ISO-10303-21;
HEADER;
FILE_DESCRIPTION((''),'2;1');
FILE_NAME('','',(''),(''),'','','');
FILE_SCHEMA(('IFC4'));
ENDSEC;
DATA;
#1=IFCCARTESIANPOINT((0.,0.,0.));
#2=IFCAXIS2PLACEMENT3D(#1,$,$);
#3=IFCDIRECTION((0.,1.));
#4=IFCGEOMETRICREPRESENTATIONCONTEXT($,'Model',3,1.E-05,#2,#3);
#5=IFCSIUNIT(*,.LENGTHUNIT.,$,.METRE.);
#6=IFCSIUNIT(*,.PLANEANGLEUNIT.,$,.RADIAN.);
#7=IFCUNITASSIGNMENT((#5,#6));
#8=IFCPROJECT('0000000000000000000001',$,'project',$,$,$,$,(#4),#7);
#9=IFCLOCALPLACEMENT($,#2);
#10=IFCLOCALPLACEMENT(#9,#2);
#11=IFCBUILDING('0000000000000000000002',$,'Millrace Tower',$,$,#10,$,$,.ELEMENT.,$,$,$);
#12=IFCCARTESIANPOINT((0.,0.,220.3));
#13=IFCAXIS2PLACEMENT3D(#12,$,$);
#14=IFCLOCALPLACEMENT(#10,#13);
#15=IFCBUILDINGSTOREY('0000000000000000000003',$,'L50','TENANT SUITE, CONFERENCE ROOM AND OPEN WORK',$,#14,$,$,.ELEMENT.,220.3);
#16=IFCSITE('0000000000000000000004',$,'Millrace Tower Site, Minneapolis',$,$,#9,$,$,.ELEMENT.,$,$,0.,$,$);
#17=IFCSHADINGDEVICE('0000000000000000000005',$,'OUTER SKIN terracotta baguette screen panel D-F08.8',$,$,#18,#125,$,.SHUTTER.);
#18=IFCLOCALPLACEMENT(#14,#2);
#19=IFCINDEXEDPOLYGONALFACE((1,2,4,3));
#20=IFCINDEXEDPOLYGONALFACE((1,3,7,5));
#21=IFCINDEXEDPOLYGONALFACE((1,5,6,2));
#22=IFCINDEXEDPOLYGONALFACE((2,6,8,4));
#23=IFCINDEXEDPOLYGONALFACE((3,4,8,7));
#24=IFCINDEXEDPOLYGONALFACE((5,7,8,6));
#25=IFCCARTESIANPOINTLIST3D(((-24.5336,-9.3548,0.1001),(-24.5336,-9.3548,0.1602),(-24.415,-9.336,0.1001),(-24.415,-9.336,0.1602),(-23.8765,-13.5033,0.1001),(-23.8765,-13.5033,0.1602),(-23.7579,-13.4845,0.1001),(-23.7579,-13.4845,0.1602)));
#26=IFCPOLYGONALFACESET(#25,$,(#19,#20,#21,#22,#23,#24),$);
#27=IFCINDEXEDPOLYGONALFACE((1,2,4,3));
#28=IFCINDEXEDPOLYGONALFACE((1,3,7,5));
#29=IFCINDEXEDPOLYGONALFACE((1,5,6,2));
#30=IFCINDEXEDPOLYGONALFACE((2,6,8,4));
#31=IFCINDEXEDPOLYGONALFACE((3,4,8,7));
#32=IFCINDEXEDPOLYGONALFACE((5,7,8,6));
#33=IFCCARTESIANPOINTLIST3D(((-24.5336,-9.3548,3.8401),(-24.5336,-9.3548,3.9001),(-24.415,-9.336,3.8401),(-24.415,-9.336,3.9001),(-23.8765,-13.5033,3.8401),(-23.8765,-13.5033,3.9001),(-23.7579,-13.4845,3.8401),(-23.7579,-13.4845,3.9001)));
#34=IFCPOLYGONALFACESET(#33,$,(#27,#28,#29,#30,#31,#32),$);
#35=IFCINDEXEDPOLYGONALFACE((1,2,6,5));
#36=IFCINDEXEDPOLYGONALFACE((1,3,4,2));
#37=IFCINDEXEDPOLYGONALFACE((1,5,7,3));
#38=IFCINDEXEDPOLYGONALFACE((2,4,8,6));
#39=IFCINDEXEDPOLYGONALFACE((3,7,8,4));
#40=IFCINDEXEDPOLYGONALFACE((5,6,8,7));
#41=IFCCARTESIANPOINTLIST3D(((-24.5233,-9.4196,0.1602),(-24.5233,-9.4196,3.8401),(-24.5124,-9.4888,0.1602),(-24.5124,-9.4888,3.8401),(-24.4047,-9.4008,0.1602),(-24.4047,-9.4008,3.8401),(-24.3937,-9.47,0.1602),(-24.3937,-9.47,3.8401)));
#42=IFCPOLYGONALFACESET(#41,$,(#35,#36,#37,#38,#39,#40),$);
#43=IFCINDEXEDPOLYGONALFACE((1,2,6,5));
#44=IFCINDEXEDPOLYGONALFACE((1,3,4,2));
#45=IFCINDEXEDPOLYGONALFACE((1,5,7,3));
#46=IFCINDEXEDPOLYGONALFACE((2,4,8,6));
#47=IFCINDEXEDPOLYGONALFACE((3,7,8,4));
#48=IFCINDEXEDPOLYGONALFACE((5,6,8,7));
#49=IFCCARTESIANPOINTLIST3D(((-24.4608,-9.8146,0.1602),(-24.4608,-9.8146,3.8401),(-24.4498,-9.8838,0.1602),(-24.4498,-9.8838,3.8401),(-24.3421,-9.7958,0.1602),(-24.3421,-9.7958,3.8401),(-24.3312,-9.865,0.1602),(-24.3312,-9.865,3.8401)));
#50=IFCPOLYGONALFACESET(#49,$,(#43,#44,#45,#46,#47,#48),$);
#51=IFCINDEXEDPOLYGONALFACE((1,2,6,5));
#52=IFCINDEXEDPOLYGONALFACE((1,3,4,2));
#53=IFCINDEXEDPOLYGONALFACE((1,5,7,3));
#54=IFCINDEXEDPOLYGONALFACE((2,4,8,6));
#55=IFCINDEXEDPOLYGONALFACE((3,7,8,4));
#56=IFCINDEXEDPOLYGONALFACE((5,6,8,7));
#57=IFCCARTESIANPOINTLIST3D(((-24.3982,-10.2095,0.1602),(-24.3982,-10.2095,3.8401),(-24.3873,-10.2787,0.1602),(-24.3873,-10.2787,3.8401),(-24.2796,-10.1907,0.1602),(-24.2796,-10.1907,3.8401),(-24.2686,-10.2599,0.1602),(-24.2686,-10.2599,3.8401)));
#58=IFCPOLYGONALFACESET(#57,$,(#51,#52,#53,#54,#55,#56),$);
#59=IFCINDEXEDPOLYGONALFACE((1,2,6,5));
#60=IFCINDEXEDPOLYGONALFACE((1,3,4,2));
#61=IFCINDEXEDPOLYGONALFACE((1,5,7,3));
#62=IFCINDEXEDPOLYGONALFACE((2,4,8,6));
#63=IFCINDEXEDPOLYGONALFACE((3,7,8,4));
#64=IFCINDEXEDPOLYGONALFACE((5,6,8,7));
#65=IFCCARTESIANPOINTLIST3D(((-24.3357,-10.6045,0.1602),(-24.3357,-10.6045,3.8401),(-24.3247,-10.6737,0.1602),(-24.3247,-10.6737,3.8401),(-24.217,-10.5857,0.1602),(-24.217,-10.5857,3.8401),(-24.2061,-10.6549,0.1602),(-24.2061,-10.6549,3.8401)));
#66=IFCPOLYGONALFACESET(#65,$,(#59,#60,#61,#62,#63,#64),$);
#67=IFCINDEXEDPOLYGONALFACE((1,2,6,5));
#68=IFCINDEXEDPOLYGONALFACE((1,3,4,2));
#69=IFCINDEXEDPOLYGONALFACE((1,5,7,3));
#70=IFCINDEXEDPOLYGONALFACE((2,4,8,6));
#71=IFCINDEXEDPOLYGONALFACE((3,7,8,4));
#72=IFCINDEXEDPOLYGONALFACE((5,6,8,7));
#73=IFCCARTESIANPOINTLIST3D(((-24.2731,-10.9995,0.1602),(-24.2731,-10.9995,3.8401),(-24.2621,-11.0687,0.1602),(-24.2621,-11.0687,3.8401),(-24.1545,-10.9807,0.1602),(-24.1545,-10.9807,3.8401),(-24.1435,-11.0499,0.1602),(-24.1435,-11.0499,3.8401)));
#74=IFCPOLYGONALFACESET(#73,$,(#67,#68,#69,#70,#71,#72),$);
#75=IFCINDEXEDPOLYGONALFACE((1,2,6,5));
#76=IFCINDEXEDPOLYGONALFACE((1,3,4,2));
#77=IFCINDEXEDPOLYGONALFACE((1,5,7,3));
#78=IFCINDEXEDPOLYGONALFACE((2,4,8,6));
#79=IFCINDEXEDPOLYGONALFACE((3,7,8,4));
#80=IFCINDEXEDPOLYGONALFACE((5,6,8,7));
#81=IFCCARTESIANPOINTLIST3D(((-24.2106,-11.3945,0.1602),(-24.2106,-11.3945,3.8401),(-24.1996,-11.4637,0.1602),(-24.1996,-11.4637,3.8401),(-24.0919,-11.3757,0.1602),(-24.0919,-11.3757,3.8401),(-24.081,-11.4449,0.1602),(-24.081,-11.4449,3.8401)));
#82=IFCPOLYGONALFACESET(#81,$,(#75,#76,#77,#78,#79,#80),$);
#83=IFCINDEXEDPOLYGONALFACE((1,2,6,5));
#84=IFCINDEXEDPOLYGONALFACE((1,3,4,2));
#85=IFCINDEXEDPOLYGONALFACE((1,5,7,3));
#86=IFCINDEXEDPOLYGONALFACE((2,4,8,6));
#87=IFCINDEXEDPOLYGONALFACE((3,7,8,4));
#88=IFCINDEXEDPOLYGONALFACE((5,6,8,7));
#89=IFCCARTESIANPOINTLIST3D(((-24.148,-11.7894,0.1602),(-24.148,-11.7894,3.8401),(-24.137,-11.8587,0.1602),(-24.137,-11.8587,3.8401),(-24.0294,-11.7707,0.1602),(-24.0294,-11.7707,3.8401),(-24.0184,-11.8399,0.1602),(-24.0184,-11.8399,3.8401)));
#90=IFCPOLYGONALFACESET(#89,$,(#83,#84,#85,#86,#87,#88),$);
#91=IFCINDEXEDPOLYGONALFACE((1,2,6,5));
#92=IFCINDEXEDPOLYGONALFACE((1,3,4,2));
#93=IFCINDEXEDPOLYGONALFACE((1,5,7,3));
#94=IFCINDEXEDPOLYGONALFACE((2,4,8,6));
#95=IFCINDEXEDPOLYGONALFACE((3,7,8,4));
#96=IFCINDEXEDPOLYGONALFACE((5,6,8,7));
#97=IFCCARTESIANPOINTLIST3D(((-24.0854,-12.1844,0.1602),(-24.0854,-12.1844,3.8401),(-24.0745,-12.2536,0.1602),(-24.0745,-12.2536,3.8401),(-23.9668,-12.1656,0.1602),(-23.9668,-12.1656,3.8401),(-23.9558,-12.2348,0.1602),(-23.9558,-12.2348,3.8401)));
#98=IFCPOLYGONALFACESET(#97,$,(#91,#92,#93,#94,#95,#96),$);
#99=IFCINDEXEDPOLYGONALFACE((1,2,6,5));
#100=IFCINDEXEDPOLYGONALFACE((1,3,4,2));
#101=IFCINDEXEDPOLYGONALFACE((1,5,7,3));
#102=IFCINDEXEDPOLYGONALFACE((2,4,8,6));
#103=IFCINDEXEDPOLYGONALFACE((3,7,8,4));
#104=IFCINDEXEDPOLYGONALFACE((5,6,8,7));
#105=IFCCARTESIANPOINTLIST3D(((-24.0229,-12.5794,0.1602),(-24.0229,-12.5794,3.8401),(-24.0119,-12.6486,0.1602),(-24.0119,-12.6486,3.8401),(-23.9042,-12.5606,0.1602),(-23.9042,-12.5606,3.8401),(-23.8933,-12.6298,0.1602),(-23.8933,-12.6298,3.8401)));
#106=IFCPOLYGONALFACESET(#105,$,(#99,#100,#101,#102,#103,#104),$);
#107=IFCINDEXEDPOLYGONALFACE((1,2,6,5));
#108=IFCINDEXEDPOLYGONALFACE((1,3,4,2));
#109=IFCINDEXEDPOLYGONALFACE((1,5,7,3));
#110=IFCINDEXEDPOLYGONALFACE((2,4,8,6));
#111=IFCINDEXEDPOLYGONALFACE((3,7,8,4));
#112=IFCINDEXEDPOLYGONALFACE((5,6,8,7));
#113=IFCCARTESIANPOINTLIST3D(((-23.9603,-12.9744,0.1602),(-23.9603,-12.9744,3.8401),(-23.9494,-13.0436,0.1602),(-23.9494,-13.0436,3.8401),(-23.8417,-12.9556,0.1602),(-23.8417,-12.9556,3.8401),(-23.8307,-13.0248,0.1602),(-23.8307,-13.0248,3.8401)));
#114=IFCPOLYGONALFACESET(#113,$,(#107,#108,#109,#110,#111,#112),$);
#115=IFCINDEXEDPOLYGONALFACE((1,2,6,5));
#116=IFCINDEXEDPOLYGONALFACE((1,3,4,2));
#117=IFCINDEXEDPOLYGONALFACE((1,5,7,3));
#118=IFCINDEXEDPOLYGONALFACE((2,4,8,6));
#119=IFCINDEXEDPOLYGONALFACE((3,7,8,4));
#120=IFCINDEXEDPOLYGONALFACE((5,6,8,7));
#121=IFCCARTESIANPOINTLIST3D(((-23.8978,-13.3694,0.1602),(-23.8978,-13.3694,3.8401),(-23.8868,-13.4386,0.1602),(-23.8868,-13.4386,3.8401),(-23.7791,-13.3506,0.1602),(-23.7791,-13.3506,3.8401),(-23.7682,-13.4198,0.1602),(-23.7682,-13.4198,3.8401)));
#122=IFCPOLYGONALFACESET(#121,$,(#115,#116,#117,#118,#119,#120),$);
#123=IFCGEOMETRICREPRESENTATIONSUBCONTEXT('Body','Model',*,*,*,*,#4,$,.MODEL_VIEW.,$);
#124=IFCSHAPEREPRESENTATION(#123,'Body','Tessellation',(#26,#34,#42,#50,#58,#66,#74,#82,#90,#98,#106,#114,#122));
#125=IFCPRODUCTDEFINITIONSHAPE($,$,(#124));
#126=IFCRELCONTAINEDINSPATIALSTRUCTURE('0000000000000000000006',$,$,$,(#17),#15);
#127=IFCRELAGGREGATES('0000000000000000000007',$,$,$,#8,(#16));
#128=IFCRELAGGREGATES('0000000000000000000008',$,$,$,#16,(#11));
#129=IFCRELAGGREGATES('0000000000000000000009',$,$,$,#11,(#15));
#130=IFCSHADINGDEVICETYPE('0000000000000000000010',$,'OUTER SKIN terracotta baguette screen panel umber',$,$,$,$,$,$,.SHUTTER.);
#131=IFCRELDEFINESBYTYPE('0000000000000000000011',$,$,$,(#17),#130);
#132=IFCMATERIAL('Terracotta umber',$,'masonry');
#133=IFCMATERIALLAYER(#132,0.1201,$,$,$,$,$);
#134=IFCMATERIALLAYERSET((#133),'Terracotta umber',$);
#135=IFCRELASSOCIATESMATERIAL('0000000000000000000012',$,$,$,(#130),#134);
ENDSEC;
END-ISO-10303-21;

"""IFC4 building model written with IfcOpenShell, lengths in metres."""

from ifc_helpers import new_model, entity, si_unit, direction, frame, frame_2d, origin, origin_2d, place, context, subcontext, project, spatial, rectangle, extrude, source, transform, mapped, material, layer, layer_set, type_object, element, save


model = new_model("IFC4")

# Units and contexts
model_context = context("Model", 3, precision=1e-05, world=origin(), true_north=direction((0.0, 1.0)))
body_context = subcontext(model_context, "Body", "Model", "MODEL_VIEW")
ifc_project = project(units=[si_unit("LENGTHUNIT", "METRE"), si_unit("PLANEANGLEUNIT", "RADIAN")], contexts=[model_context])

# Site, building, storey
site_placement = place(None, origin())
site = spatial("IfcSite", under=ifc_project, at=site_placement, Name="Millrace Tower Site, Minneapolis", CompositionType="ELEMENT", RefElevation=0.0)
building_placement = place(site_placement, origin())
building = spatial("IfcBuilding", under=site, at=building_placement, Name="Millrace Tower", CompositionType="ELEMENT")
storey_placement = place(building_placement, frame((0.0, 0.0, 220.3)))
storey = spatial("IfcBuildingStorey", under=building, at=storey_placement, Name="L50", Description="TENANT SUITE, CONFERENCE ROOM AND OPEN WORK", CompositionType="ELEMENT", Elevation=220.3)

# Shading device
ifc_material_1 = material(Name="Terracotta umber", Category="masonry")
ifc_layer_1 = layer(ifc_material_1, 0.1201)
ifc_layer_set_1 = layer_set([ifc_layer_1], Name="Terracotta umber")
shading_device_type = type_object("IfcShadingDeviceType", Name="OUTER SKIN terracotta baguette screen panel umber", PredefinedType="SHUTTER", material=ifc_layer_set_1)
cartesian_point = entity("IfcCartesianPoint", [-2.1001, 0.0601])
shared_polyline = entity("IfcPolyline", [cartesian_point, entity("IfcCartesianPoint", [2.1001, 0.0601]), entity("IfcCartesianPoint", [2.1001, -0.0601]), entity("IfcCartesianPoint", [-2.1001, -0.0601]), cartesian_point])
shared_shape = source(origin(), body_context, "Body", "SweptSolid", [
    entity("IfcExtrudedAreaSolid", entity("IfcArbitraryClosedProfileDef", "AREA", None, shared_polyline), entity("IfcAxis2Placement3D", entity("IfcCartesianPoint", [0.0, 0.0, 0.0])), entity("IfcDirection", [0.0, 0.0, 1.0]), 0.0601),
    entity("IfcExtrudedAreaSolid", entity("IfcArbitraryClosedProfileDef", "AREA", None, shared_polyline), entity("IfcAxis2Placement3D", entity("IfcCartesianPoint", [0.0, 0.0, 3.74])), entity("IfcDirection", [0.0, 0.0, 1.0]), 0.0601),
    extrude(rectangle(XDim=0.0701, YDim=0.1201, at=frame_2d((-1.9995, 0.0))), frame((0.0, 0.0, 0.0601)), (0.0, 0.0, 1.0), 3.6799),
    extrude(rectangle(XDim=0.0701, YDim=0.1201, at=frame_2d((-1.5996, 0.0))), frame((0.0, 0.0, 0.0601)), (0.0, 0.0, 1.0), 3.6799),
    extrude(rectangle(XDim=0.0701, YDim=0.1201, at=frame_2d((-1.1997, 0.0))), frame((0.0, 0.0, 0.0601)), (0.0, 0.0, 1.0), 3.6799),
    extrude(rectangle(XDim=0.0701, YDim=0.1201, at=frame_2d((-0.7998, 0.0))), frame((0.0, 0.0, 0.0601)), (0.0, 0.0, 1.0), 3.6799),
    extrude(rectangle(XDim=0.0701, YDim=0.1201, at=frame_2d((-0.3999, 0.0))), frame((0.0, 0.0, 0.0601)), (0.0, 0.0, 1.0), 3.6799),
    extrude(rectangle(XDim=0.0701, YDim=0.1201, at=origin_2d()), frame((0.0, 0.0, 0.0601)), (0.0, 0.0, 1.0), 3.6799),
    extrude(rectangle(XDim=0.0701, YDim=0.1201, at=frame_2d((0.3999, 0.0))), frame((0.0, 0.0, 0.0601)), (0.0, 0.0, 1.0), 3.6799),
    extrude(rectangle(XDim=0.0701, YDim=0.1201, at=frame_2d((0.7998, 0.0))), frame((0.0, 0.0, 0.0601)), (0.0, 0.0, 1.0), 3.6799),
    extrude(rectangle(XDim=0.0701, YDim=0.1201, at=frame_2d((1.1997, 0.0))), frame((0.0, 0.0, 0.0601)), (0.0, 0.0, 1.0), 3.6799),
    extrude(rectangle(XDim=0.0701, YDim=0.1201, at=frame_2d((1.5996, 0.0))), frame((0.0, 0.0, 0.0601)), (0.0, 0.0, 1.0), 3.6799),
    extrude(rectangle(XDim=0.0701, YDim=0.1201, at=frame_2d((1.9995, 0.0))), frame((0.0, 0.0, 0.0601)), (0.0, 0.0, 1.0), 3.6799),
])
for number, where, z_axis, x_axis, name in (
    (1, (-24.1458, -11.4197, 0.1001), (0.0, 0.0, 1.0), (0.156434, -0.987688, 0.0), "OUTER SKIN terracotta baguette screen panel D-F08.8"),
):
    element("IfcShadingDevice", number, at=place(storey_placement, frame(where, z_axis=z_axis, x_axis=x_axis)), inside=storey, type_object=shading_device_type, Name=name, PredefinedType="SHUTTER", context=body_context, shape_type="MappedRepresentation", body=[
        mapped(shared_shape, transform((0.0, 0.0, 0.0), scale=1.0)),
    ])

save(model, "model.ifc")
